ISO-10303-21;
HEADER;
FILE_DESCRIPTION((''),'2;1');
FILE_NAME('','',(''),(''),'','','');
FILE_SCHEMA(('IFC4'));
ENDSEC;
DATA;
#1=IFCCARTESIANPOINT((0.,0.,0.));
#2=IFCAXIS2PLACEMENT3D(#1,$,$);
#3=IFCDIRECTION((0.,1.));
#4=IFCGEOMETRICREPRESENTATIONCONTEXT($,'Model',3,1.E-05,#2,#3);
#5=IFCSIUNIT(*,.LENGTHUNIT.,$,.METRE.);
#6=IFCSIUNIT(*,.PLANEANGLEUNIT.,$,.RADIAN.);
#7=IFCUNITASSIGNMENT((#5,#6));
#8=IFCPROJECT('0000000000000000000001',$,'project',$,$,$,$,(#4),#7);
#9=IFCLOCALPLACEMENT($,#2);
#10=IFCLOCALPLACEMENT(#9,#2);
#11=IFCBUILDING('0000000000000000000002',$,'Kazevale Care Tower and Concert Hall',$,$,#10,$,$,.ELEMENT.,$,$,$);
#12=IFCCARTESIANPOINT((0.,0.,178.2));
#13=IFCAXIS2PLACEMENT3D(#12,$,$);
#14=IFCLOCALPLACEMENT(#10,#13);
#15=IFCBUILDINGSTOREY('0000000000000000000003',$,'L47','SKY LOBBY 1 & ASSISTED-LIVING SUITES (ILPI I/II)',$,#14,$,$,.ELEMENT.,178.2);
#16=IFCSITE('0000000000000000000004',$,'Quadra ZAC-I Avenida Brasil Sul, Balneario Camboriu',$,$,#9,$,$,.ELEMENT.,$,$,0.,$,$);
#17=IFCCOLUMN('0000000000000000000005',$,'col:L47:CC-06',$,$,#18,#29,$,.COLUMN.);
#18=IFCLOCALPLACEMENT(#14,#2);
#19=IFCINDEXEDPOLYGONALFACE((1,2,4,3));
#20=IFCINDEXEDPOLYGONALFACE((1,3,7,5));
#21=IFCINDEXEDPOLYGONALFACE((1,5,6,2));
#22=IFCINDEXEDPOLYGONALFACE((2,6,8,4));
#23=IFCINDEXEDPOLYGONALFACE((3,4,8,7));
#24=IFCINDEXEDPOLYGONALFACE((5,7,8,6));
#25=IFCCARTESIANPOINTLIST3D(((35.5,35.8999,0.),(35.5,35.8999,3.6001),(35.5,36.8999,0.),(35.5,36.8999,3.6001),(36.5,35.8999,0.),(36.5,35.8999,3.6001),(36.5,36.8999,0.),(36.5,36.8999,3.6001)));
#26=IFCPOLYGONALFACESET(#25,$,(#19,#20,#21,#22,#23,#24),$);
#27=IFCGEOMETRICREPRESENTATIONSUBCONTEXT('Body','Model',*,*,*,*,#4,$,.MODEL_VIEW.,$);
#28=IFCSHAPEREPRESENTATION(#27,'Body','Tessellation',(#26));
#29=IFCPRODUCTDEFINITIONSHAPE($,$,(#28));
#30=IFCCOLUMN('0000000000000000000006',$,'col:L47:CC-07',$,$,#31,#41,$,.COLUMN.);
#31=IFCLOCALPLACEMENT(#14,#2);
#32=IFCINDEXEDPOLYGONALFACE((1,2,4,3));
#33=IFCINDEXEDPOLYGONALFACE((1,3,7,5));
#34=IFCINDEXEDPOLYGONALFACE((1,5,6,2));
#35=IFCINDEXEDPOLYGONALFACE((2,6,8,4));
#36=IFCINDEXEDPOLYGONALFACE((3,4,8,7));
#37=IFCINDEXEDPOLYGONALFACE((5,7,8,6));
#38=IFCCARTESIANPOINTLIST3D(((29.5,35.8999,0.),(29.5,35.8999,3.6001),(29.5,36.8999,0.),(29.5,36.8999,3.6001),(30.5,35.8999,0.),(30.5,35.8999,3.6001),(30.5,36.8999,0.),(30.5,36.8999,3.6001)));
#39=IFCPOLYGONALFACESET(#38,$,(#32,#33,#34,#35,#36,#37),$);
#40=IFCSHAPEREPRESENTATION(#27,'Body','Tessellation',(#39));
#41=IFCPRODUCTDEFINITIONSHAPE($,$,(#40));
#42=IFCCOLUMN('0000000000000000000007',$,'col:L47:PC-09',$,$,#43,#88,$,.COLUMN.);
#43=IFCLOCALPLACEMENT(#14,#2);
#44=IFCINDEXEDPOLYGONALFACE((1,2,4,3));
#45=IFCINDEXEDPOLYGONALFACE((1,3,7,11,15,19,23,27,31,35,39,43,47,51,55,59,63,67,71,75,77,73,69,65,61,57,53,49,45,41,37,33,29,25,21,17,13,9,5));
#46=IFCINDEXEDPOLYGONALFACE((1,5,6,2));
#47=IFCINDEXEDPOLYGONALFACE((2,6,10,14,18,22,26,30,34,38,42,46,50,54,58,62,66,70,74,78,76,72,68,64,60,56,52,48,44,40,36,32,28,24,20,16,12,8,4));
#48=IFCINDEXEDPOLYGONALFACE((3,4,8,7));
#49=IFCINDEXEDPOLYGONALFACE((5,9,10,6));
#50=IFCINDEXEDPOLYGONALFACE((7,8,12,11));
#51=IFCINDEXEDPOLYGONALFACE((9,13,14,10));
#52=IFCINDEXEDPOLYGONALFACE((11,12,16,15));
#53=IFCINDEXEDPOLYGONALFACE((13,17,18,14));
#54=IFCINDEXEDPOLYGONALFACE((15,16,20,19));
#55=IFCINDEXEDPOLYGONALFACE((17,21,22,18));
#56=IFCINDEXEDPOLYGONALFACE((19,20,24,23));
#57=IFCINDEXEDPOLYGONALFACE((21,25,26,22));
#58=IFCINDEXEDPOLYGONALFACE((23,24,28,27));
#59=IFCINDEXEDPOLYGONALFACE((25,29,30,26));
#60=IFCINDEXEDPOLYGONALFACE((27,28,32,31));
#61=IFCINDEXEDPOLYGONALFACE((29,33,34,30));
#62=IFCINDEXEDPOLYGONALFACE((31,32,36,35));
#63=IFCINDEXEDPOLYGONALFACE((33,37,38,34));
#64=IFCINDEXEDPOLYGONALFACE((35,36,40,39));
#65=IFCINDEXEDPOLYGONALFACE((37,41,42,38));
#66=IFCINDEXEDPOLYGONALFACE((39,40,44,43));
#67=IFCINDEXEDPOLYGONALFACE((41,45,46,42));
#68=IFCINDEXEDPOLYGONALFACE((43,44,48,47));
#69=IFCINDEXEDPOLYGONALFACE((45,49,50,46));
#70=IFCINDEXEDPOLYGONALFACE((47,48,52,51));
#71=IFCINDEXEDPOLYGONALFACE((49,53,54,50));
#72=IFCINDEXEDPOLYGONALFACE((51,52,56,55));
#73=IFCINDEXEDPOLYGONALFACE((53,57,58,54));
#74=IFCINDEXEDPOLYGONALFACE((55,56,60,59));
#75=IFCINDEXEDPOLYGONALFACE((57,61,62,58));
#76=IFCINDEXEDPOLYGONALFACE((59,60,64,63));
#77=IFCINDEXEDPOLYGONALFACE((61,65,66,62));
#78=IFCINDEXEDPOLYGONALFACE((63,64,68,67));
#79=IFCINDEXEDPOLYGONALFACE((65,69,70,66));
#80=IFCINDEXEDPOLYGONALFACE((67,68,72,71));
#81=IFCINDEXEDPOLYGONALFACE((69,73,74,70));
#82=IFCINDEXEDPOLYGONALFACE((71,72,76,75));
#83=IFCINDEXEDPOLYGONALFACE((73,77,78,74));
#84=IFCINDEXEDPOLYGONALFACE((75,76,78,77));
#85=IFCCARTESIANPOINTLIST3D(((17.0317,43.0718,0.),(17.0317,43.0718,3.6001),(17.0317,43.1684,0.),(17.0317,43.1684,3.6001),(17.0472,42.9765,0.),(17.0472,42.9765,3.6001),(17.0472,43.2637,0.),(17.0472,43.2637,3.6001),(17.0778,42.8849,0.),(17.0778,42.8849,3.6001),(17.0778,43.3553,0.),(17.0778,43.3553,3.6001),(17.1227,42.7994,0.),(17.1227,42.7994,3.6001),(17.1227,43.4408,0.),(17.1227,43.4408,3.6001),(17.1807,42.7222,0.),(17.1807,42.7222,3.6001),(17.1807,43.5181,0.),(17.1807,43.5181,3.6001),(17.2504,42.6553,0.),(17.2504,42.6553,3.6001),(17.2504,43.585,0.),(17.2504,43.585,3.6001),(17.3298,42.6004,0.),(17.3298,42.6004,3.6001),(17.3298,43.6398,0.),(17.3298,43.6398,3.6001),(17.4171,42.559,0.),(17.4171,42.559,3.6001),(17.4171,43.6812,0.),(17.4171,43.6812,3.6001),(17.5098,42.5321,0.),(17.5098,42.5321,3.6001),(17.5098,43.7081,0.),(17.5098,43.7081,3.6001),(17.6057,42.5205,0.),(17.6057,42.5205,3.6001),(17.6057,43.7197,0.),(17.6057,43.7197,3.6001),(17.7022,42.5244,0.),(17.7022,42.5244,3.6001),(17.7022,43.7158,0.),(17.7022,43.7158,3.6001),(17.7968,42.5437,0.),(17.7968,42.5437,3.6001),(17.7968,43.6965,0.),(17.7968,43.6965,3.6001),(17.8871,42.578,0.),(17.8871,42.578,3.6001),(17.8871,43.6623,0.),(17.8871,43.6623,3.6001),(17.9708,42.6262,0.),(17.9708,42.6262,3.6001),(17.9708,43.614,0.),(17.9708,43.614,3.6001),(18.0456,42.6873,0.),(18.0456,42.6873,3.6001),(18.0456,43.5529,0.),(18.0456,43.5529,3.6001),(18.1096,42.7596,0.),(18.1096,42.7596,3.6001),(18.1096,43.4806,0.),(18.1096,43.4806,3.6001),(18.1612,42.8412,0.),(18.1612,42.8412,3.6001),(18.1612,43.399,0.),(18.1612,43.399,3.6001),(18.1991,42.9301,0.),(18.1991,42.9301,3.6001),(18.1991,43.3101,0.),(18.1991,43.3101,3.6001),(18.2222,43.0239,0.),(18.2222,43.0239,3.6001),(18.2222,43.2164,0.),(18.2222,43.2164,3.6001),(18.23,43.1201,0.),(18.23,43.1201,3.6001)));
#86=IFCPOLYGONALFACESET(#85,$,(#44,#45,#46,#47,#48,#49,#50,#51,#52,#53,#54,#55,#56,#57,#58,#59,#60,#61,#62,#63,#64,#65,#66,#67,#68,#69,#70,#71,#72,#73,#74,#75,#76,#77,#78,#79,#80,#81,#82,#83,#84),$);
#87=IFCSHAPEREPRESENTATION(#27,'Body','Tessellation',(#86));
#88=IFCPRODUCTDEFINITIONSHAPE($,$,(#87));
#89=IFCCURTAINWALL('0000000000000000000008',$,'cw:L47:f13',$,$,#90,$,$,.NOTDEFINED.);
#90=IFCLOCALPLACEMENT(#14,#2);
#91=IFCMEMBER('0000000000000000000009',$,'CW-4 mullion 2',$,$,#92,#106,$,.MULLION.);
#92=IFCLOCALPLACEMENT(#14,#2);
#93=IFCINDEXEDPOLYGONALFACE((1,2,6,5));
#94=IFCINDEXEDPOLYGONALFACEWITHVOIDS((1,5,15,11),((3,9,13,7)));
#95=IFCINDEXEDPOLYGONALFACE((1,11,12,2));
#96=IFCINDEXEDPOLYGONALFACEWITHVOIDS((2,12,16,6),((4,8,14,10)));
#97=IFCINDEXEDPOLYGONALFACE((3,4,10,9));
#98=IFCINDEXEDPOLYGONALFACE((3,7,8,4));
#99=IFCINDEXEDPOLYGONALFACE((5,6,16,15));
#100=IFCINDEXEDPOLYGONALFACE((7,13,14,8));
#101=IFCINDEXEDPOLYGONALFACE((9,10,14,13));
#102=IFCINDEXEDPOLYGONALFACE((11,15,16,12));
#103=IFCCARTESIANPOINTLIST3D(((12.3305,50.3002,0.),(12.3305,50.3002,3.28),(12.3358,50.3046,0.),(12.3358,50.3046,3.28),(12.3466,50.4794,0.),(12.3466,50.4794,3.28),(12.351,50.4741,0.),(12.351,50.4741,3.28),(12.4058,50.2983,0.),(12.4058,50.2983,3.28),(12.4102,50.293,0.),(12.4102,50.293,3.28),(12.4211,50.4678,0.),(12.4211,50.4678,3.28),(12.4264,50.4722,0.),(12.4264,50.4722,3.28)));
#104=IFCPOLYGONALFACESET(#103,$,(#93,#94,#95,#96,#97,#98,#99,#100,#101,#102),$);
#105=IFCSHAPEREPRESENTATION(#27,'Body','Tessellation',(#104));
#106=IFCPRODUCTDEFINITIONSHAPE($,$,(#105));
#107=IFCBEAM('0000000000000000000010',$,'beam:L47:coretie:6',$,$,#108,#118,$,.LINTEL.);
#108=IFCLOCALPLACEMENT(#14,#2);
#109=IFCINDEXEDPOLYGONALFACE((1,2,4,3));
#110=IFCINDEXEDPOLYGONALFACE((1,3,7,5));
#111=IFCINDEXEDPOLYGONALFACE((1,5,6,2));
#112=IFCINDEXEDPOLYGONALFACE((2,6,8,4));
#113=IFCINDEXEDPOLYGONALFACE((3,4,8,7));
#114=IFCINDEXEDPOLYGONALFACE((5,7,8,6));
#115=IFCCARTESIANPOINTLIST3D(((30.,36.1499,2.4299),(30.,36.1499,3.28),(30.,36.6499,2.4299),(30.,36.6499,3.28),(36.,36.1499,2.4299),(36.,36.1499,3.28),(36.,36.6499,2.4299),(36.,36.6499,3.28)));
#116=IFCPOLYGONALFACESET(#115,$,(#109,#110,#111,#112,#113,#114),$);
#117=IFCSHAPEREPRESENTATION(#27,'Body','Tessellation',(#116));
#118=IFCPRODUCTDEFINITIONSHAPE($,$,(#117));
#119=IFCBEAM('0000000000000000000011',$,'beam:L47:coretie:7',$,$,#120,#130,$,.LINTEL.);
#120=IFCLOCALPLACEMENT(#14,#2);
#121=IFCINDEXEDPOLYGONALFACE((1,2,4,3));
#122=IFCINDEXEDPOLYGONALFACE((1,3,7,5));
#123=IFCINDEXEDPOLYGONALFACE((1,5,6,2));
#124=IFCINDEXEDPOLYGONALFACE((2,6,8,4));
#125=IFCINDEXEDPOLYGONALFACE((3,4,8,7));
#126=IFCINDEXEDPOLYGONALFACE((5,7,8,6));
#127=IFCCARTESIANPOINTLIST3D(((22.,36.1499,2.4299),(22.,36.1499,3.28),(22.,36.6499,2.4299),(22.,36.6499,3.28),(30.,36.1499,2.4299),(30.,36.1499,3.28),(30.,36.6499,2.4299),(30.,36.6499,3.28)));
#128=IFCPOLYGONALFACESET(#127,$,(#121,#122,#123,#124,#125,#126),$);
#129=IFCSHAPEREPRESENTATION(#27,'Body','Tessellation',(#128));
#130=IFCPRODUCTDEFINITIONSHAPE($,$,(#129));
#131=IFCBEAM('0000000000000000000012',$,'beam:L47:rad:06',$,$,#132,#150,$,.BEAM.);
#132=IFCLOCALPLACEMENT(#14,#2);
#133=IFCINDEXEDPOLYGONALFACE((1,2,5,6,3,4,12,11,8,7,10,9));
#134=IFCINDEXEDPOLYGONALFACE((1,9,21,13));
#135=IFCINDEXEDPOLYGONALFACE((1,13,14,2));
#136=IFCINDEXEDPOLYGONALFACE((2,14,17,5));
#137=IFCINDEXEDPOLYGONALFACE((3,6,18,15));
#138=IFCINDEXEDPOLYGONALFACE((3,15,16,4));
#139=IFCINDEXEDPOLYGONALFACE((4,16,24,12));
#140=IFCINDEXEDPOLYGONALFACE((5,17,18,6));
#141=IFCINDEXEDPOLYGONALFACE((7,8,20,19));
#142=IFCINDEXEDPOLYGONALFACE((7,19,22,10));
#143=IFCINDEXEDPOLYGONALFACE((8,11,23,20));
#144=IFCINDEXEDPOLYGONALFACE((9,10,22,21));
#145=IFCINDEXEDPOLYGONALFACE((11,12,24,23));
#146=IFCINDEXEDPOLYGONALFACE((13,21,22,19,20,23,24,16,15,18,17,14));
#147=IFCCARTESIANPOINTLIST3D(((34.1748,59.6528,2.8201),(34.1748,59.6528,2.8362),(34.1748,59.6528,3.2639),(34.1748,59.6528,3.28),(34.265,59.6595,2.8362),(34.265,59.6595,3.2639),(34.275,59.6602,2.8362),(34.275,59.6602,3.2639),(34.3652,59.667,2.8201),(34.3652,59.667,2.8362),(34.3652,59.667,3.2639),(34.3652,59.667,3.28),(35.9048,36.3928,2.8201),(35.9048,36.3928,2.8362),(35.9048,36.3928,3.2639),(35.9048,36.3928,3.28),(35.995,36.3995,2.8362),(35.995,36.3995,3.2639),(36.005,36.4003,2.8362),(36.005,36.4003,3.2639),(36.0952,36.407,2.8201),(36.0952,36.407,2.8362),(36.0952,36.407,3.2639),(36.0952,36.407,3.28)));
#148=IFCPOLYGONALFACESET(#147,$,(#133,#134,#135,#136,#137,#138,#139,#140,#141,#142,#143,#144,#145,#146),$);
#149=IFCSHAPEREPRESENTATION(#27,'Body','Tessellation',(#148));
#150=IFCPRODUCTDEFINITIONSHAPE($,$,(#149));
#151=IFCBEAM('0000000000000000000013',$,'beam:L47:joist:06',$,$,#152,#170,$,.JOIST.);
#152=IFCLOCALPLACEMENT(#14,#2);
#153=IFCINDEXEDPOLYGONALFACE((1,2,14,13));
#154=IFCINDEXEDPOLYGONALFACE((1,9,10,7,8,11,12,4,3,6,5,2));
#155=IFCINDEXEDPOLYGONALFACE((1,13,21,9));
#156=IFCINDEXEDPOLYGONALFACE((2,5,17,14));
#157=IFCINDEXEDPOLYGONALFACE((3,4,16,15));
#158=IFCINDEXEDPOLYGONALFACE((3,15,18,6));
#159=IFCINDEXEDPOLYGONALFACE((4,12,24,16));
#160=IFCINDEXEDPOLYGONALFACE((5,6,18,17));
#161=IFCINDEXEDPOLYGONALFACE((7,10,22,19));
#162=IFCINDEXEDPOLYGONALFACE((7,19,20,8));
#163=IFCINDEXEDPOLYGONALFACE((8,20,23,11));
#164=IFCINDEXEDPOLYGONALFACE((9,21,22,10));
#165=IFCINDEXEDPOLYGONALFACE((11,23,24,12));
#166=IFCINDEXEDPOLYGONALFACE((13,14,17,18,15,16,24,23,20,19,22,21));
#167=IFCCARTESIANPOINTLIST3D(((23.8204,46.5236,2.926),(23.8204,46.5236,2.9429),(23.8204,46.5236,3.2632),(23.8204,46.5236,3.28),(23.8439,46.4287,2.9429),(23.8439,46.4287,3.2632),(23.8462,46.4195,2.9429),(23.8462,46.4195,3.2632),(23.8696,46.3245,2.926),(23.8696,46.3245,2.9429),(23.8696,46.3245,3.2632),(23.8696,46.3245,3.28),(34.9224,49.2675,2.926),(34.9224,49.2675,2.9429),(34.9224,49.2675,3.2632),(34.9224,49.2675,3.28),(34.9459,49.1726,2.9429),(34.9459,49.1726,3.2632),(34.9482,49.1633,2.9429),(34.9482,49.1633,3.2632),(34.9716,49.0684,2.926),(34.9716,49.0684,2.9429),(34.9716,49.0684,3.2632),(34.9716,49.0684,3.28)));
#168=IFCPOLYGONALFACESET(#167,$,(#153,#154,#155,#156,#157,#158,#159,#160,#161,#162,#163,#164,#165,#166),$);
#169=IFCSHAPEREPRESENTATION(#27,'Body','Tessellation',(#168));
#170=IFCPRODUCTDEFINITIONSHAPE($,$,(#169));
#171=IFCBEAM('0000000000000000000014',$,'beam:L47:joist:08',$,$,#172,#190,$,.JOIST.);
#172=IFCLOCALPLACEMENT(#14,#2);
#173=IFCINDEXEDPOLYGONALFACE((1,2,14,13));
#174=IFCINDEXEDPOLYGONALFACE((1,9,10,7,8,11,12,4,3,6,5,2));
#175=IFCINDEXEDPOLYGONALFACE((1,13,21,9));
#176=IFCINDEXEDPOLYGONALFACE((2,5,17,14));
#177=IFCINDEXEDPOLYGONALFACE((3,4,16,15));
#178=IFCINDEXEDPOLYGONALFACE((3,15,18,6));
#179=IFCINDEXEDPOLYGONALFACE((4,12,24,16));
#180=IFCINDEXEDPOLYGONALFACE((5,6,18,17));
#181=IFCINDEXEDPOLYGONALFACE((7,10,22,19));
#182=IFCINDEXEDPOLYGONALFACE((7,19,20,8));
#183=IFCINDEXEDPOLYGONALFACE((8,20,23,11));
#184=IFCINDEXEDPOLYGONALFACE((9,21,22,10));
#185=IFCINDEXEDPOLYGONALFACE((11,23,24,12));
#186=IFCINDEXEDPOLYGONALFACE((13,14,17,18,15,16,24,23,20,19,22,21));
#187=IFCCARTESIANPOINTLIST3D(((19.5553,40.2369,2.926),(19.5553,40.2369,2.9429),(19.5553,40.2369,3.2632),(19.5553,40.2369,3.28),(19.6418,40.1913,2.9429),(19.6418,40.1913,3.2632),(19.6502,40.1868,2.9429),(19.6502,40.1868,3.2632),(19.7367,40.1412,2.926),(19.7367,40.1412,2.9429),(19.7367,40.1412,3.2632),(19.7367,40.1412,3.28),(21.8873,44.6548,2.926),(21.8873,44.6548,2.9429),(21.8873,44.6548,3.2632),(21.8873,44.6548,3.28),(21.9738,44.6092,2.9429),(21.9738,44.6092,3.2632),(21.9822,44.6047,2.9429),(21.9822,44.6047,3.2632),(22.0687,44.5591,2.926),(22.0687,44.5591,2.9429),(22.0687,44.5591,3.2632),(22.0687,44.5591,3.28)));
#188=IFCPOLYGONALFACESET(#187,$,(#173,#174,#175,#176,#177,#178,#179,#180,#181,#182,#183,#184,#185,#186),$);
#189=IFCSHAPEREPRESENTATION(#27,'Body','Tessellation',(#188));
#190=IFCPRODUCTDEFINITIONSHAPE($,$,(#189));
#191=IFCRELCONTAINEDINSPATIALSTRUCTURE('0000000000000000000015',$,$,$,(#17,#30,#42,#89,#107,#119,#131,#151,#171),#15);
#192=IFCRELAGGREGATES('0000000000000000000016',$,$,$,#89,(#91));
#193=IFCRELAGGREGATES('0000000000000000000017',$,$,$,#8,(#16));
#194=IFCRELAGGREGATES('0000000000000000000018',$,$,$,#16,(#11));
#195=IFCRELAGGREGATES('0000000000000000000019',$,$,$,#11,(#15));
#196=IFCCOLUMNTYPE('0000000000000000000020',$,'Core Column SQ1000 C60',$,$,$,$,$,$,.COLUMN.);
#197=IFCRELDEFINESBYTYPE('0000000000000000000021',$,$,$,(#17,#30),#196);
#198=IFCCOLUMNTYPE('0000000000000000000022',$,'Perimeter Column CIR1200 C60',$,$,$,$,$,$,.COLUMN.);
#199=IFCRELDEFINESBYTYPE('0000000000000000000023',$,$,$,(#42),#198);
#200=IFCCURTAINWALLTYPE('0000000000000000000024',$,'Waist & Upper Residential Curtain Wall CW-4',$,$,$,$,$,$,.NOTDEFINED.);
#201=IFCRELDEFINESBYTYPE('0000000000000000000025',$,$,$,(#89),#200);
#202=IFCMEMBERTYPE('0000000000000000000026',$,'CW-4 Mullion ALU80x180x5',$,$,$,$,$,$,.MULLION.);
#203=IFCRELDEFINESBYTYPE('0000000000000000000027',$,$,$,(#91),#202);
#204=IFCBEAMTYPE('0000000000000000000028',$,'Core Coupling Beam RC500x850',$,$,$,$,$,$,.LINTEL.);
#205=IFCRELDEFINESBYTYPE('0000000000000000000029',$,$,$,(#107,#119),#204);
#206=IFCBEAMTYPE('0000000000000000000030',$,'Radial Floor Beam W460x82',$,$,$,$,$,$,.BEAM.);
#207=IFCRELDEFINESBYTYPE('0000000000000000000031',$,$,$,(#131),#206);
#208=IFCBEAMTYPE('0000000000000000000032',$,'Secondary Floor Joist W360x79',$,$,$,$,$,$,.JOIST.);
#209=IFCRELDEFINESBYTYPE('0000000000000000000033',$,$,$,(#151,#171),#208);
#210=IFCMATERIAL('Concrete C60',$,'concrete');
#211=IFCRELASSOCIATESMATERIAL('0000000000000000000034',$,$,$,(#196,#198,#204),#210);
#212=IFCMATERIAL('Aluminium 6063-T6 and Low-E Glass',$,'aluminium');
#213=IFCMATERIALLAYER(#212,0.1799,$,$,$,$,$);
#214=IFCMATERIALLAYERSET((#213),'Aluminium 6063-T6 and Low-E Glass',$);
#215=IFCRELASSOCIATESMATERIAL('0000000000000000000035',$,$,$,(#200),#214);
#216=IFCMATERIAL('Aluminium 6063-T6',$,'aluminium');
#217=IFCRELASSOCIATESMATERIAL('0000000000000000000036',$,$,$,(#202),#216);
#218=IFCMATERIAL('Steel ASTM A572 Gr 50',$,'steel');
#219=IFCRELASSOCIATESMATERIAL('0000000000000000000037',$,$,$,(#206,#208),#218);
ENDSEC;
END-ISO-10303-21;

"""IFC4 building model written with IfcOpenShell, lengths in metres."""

from ifc_helpers import new_model, si_unit, direction, frame, origin, origin_2d, place, context, subcontext, project, spatial, rectangle, hollow_rectangle, circle, i_section, extrude, material, layer, layer_set, material_profile, profile_set, type_object, element, aggregate, save


model = new_model("IFC4")

# Units and contexts
model_context = context("Model", 3, precision=1e-05, world=origin(), true_north=direction((0.0, 1.0)))
body_context = subcontext(model_context, "Body", "Model", "MODEL_VIEW")
ifc_project = project(units=[si_unit("LENGTHUNIT", "METRE"), si_unit("PLANEANGLEUNIT", "RADIAN")], contexts=[model_context])

# Site, building, storey
site_placement = place(None, origin())
site = spatial("IfcSite", under=ifc_project, at=site_placement, Name="Quadra ZAC-I Avenida Brasil Sul, Balneario Camboriu", CompositionType="ELEMENT", RefElevation=0.0)
building_placement = place(site_placement, origin())
building = spatial("IfcBuilding", under=site, at=building_placement, Name="Kazevale Care Tower and Concert Hall", CompositionType="ELEMENT")
storey_placement = place(building_placement, frame((0.0, 0.0, 178.2)))
storey = spatial("IfcBuildingStorey", under=building, at=storey_placement, Name="L47", Description="SKY LOBBY 1 & ASSISTED-LIVING SUITES (ILPI I/II)", CompositionType="ELEMENT", Elevation=178.2)

# Columns
ifc_material_1 = material(Name="Concrete C60", Category="concrete")
ifc_material_profile_1 = material_profile(ifc_material_1, rectangle(XDim=1.0, YDim=1.0, at=origin_2d()), Name="RC-SQ1000")
ifc_profile_set_1 = profile_set([ifc_material_profile_1], Name="Concrete C60")
column_type_1 = type_object("IfcColumnType", Name="Core Column SQ1000 C60", PredefinedType="COLUMN", material=ifc_profile_set_1)
for number, where, z_axis, x_axis, name in (
    (1, (36.0, 36.3999, 0.0), (0.0, 0.0, 1.0), (1.0, 0.0, 0.0), "col:L47:CC-06"),
    (2, (30.0, 36.3999, 0.0), (0.0, 0.0, 1.0), (1.0, 0.0, 0.0), "col:L47:CC-07"),
):
    element("IfcColumn", number, at=place(storey_placement, frame(where, z_axis=z_axis, x_axis=x_axis)), inside=storey, type_object=column_type_1, Name=name, PredefinedType="COLUMN", context=body_context, shape_type="SweptSolid", body=[
        extrude(rectangle(XDim=1.0, YDim=1.0, at=origin_2d()), origin(), (0.0, 0.0, 1.0), 3.6001),
    ])
ifc_material_profile_2 = material_profile(ifc_material_1, circle(Radius=0.6001, at=origin_2d()), Name="RC-CIR1200")
ifc_profile_set_2 = profile_set([ifc_material_profile_2], Name="Concrete C60")
column_type_2 = type_object("IfcColumnType", Name="Perimeter Column CIR1200 C60", PredefinedType="COLUMN", material=ifc_profile_set_2)
column_placement = place(storey_placement, frame((17.6299, 43.1201, 0.0), z_axis=(0.0, 0.0, 1.0), x_axis=(1.0, 0.0, 0.0)))
element("IfcColumn", 3, at=column_placement, inside=storey, type_object=column_type_2, Name="col:L47:PC-09", PredefinedType="COLUMN", context=body_context, shape_type="SweptSolid", body=[
    extrude(circle(Radius=0.6001, at=origin_2d()), origin(), (0.0, 0.0, 1.0), 3.6001),
])

# Curtain wall, member
ifc_material_2 = material(Name="Aluminium 6063-T6 and Low-E Glass", Category="aluminium")
ifc_layer_1 = layer(ifc_material_2, 0.1799)
ifc_layer_set_1 = layer_set([ifc_layer_1], Name="Aluminium 6063-T6 and Low-E Glass")
curtain_wall_type = type_object("IfcCurtainWallType", Name="Waist & Upper Residential Curtain Wall CW-4", PredefinedType="NOTDEFINED", material=ifc_layer_set_1)
curtain_wall_placement = place(storey_placement, origin())
curtain_wall = element("IfcCurtainWall", 4, at=curtain_wall_placement, inside=storey, type_object=curtain_wall_type, Name="cw:L47:f13", PredefinedType="NOTDEFINED")
ifc_material_3 = material(Name="Aluminium 6063-T6", Category="aluminium")
ifc_material_profile_3 = material_profile(ifc_material_3, hollow_rectangle(XDim=0.0801, YDim=0.1799, WallThickness=0.0049, at=origin_2d()), Name="ALU80x180x5")
ifc_profile_set_3 = profile_set([ifc_material_profile_3], Name="Aluminium 6063-T6")
member_type = type_object("IfcMemberType", Name="CW-4 Mullion ALU80x180x5", PredefinedType="MULLION", material=ifc_profile_set_3)
member_placement = place(storey_placement, frame((12.3784, 50.3862, 0.0), z_axis=(0.0, 0.0, 1.0), x_axis=(-0.99597, 0.08969, 0.0)))
member = element("IfcMember", 5, at=member_placement, type_object=member_type, Name="CW-4 mullion 2", PredefinedType="MULLION", context=body_context, shape_type="SweptSolid", body=[
    extrude(hollow_rectangle(XDim=0.0801, YDim=0.1799, WallThickness=0.0049, at=origin_2d()), origin(), (0.0, 0.0, 1.0), 3.28),
])

# Beams
ifc_material_profile_4 = material_profile(ifc_material_1, rectangle(XDim=0.5, YDim=0.8501, at=origin_2d()), Name="RC-B500x850")
ifc_profile_set_4 = profile_set([ifc_material_profile_4], Name="Concrete C60")
beam_type_1 = type_object("IfcBeamType", Name="Core Coupling Beam RC500x850", PredefinedType="LINTEL", material=ifc_profile_set_4)
beam_1_placement = place(storey_placement, frame((36.0, 36.3999, 2.855), z_axis=(-1.0, 0.0, 0.0), x_axis=(0.0, -1.0, 0.0)))
element("IfcBeam", 6, at=beam_1_placement, inside=storey, type_object=beam_type_1, Name="beam:L47:coretie:6", PredefinedType="LINTEL", context=body_context, shape_type="SweptSolid", body=[
    extrude(rectangle(XDim=0.5, YDim=0.8501, at=origin_2d()), origin(), (0.0, 0.0, 1.0), 6.0),
])
beam_2_placement = place(storey_placement, frame((30.0, 36.3999, 2.855), z_axis=(-1.0, 0.0, 0.0), x_axis=(0.0, -1.0, 0.0)))
element("IfcBeam", 7, at=beam_2_placement, inside=storey, type_object=beam_type_1, Name="beam:L47:coretie:7", PredefinedType="LINTEL", context=body_context, shape_type="SweptSolid", body=[
    extrude(rectangle(XDim=0.5, YDim=0.8501, at=origin_2d()), origin(), (0.0, 0.0, 1.0), 8.0),
])
ifc_material_4 = material(Name="Steel ASTM A572 Gr 50", Category="steel")
ifc_material_profile_5 = material_profile(ifc_material_4, i_section(OverallWidth=0.1909, OverallDepth=0.46, WebThickness=0.01, FlangeThickness=0.0161, at=origin_2d()), Name="W460x82")
ifc_profile_set_5 = profile_set([ifc_material_profile_5], Name="Steel ASTM A572 Gr 50")
beam_type_2 = type_object("IfcBeamType", Name="Radial Floor Beam W460x82", PredefinedType="BEAM", material=ifc_profile_set_5)
beam_3_placement = place(storey_placement, frame((36.0, 36.3999, 3.05), z_axis=(-0.074171, 0.997246, 0.0), x_axis=(-0.997246, -0.074171, 0.0)))
element("IfcBeam", 8, at=beam_3_placement, inside=storey, type_object=beam_type_2, Name="beam:L47:rad:06", PredefinedType="BEAM", context=body_context, shape_type="SweptSolid", body=[
    extrude(i_section(OverallWidth=0.1909, OverallDepth=0.46, WebThickness=0.01, FlangeThickness=0.0161, at=origin_2d()), origin(), (0.0, 0.0, 1.0), 23.3242),
])
ifc_material_profile_6 = material_profile(ifc_material_4, i_section(OverallWidth=0.2051, OverallDepth=0.354, WebThickness=0.0095, FlangeThickness=0.0168, at=origin_2d()), Name="W360x79")
ifc_profile_set_6 = profile_set([ifc_material_profile_6], Name="Steel ASTM A572 Gr 50")
beam_type_3 = type_object("IfcBeamType", Name="Secondary Floor Joist W360x79", PredefinedType="JOIST", material=ifc_profile_set_6)
beam_4_placement = place(storey_placement, frame((34.947, 49.168, 3.103), z_axis=(-0.97079, -0.239933, 0.0), x_axis=(0.239933, -0.97079, 0.0)))
element("IfcBeam", 9, at=beam_4_placement, inside=storey, type_object=beam_type_3, Name="beam:L47:joist:06", PredefinedType="JOIST", context=body_context, shape_type="SweptSolid", body=[
    extrude(i_section(OverallWidth=0.2051, OverallDepth=0.354, WebThickness=0.0095, FlangeThickness=0.0168, at=origin_2d()), origin(), (0.0, 0.0, 1.0), 11.436),
])
beam_5_placement = place(storey_placement, frame((21.978, 44.6069, 3.103), z_axis=(-0.46681, -0.884358, 0.0), x_axis=(0.884358, -0.46681, 0.0)))
element("IfcBeam", 10, at=beam_5_placement, inside=storey, type_object=beam_type_3, Name="beam:L47:joist:08", PredefinedType="JOIST", context=body_context, shape_type="SweptSolid", body=[
    extrude(i_section(OverallWidth=0.2051, OverallDepth=0.354, WebThickness=0.0095, FlangeThickness=0.0168, at=origin_2d()), origin(), (0.0, 0.0, 1.0), 4.9956),
])

aggregate(curtain_wall, [member])

save(model, "model.ifc")
